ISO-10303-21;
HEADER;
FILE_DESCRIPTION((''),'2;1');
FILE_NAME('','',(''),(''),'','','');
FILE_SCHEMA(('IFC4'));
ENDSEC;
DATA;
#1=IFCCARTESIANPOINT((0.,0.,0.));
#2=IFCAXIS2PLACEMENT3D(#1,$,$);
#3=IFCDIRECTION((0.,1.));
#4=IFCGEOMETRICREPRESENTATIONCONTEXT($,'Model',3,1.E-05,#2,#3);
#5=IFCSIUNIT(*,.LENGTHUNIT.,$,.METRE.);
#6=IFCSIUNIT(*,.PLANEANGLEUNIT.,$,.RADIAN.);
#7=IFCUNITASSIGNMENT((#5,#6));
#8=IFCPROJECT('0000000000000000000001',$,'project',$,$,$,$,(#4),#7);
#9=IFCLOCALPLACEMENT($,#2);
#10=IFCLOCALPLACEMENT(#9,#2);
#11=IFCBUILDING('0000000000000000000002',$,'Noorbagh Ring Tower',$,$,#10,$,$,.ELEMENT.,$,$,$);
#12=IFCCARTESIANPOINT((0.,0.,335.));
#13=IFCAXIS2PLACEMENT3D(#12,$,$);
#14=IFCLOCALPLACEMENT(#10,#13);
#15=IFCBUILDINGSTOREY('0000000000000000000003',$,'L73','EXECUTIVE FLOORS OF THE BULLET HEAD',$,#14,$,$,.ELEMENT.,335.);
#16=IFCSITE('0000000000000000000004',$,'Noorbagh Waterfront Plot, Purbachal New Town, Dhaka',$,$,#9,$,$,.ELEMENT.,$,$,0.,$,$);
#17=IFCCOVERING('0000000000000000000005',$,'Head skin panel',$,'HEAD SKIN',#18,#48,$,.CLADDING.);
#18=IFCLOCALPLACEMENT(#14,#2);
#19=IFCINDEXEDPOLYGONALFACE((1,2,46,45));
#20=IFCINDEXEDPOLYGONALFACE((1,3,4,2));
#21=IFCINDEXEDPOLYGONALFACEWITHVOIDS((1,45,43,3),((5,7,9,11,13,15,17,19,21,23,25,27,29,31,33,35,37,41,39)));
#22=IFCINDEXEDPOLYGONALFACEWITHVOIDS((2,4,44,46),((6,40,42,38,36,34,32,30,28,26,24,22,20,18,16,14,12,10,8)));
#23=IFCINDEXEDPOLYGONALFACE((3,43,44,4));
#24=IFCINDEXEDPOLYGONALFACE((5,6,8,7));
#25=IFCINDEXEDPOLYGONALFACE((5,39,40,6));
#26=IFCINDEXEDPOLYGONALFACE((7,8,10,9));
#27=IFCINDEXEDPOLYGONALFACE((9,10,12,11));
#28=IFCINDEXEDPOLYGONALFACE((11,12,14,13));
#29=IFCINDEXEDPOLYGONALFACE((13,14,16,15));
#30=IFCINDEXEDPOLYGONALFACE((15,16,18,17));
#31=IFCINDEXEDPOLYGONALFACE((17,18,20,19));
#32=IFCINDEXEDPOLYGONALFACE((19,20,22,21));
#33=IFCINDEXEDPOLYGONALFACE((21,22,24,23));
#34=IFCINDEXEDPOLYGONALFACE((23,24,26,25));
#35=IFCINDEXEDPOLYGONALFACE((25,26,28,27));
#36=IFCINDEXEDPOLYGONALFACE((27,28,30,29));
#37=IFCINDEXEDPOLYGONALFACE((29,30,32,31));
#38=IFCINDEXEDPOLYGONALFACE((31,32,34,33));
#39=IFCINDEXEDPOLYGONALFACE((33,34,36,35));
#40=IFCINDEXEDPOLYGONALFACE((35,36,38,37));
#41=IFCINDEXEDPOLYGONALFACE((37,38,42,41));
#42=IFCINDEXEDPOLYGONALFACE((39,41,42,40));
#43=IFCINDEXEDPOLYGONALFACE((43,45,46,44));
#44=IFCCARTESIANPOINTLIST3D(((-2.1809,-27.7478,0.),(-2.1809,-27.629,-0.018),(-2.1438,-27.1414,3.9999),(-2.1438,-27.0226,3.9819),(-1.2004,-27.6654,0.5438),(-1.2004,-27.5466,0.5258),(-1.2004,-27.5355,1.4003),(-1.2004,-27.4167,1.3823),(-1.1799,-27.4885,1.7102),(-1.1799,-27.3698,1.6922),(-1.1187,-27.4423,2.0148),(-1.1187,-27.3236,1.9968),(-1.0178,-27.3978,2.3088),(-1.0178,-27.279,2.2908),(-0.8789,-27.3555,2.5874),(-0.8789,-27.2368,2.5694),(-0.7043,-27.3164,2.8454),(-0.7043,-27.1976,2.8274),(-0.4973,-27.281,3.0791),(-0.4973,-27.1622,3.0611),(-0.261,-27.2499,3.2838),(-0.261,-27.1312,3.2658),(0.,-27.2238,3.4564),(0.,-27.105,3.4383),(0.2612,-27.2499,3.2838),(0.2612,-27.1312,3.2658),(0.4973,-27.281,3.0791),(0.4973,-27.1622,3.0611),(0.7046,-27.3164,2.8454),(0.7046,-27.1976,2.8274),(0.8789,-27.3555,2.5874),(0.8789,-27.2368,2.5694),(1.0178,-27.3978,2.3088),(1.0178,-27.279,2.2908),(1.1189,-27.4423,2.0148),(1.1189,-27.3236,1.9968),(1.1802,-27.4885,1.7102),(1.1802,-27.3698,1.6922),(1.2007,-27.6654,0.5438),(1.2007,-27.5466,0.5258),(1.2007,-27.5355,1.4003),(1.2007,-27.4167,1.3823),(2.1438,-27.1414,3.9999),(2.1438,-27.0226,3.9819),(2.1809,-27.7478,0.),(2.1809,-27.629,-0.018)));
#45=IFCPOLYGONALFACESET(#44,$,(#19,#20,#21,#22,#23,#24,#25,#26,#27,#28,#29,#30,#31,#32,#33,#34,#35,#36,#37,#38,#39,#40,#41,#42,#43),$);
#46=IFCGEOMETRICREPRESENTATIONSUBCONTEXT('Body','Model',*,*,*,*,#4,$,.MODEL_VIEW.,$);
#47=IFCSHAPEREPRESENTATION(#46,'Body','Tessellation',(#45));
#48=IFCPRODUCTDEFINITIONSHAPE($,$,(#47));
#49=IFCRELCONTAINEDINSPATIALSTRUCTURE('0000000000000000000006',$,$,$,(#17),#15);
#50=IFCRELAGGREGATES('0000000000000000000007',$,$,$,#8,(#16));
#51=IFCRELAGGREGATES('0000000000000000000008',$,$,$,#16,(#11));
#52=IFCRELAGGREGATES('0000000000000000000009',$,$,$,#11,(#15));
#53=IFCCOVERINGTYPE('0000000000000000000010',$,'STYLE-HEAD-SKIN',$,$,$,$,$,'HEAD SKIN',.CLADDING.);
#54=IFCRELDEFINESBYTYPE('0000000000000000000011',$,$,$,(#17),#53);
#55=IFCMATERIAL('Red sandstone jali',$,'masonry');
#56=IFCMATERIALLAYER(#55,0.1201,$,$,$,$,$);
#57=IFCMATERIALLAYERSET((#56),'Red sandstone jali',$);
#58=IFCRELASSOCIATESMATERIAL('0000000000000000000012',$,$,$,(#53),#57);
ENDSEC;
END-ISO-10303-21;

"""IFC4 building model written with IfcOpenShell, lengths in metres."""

from ifc_helpers import new_model, si_unit, direction, frame, origin, place, context, subcontext, project, spatial, polyline, outline, extrude, material, layer, layer_set, type_object, element, save


model = new_model("IFC4")

# Units and contexts
model_context = context("Model", 3, precision=1e-05, world=origin(), true_north=direction((0.0, 1.0)))
body_context = subcontext(model_context, "Body", "Model", "MODEL_VIEW")
ifc_project = project(units=[si_unit("LENGTHUNIT", "METRE"), si_unit("PLANEANGLEUNIT", "RADIAN")], contexts=[model_context])

# Site, building, storey
site_placement = place(None, origin())
site = spatial("IfcSite", under=ifc_project, at=site_placement, Name="Noorbagh Waterfront Plot, Purbachal New Town, Dhaka", CompositionType="ELEMENT", RefElevation=0.0)
building_placement = place(site_placement, origin())
building = spatial("IfcBuilding", under=site, at=building_placement, Name="Noorbagh Ring Tower", CompositionType="ELEMENT")
storey_placement = place(building_placement, frame((0.0, 0.0, 335.0)))
storey = spatial("IfcBuildingStorey", under=building, at=storey_placement, Name="L73", Description="EXECUTIVE FLOORS OF THE BULLET HEAD", CompositionType="ELEMENT", Elevation=335.0)

# Covering
ifc_material_1 = material(Name="Red sandstone jali", Category="masonry")
ifc_layer_1 = layer(ifc_material_1, 0.1201)
ifc_layer_set_1 = layer_set([ifc_layer_1], Name="Red sandstone jali")
covering_type_1 = type_object("IfcCoveringType", Name="STYLE-HEAD-SKIN", ElementType="HEAD SKIN", PredefinedType="CLADDING", material=ifc_layer_set_1)
covering_1_placement = place(storey_placement, frame((-2.1809, -27.7478, 0.0), z_axis=(0.0, -0.988701, 0.149898), x_axis=(1.0, 0.0, 0.0)))
element("IfcCovering", 1, at=covering_1_placement, inside=storey, type_object=covering_type_1, Name="Head skin panel", ObjectType="HEAD SKIN", PredefinedType="CLADDING", context=body_context, shape_type="SweptSolid", body=[
    extrude(outline(polyline([(0.0, 0.0), (4.3618, 0.0), (4.3247, 4.0457), (0.0371, 4.0457), (0.0, 0.0)]), holes=[polyline([(0.9805, 0.55), (0.9805, 1.4163), (1.001, 1.7297), (1.0623, 2.0378), (1.1631, 2.3352), (1.302, 2.6169), (1.4766, 2.8779), (1.6836, 3.1143), (1.9199, 3.3213), (2.1809, 3.4958), (2.4421, 3.3213), (2.6782, 3.1143), (2.8855, 2.8779), (3.0598, 2.6169), (3.1987, 2.3352), (3.2998, 2.0378), (3.3611, 1.7297), (3.3816, 1.4163), (3.3816, 0.55), (0.9805, 0.55)])]), origin(), (0.0, 0.0, -1.0), 0.1201),
])

save(model, "model.ifc")
